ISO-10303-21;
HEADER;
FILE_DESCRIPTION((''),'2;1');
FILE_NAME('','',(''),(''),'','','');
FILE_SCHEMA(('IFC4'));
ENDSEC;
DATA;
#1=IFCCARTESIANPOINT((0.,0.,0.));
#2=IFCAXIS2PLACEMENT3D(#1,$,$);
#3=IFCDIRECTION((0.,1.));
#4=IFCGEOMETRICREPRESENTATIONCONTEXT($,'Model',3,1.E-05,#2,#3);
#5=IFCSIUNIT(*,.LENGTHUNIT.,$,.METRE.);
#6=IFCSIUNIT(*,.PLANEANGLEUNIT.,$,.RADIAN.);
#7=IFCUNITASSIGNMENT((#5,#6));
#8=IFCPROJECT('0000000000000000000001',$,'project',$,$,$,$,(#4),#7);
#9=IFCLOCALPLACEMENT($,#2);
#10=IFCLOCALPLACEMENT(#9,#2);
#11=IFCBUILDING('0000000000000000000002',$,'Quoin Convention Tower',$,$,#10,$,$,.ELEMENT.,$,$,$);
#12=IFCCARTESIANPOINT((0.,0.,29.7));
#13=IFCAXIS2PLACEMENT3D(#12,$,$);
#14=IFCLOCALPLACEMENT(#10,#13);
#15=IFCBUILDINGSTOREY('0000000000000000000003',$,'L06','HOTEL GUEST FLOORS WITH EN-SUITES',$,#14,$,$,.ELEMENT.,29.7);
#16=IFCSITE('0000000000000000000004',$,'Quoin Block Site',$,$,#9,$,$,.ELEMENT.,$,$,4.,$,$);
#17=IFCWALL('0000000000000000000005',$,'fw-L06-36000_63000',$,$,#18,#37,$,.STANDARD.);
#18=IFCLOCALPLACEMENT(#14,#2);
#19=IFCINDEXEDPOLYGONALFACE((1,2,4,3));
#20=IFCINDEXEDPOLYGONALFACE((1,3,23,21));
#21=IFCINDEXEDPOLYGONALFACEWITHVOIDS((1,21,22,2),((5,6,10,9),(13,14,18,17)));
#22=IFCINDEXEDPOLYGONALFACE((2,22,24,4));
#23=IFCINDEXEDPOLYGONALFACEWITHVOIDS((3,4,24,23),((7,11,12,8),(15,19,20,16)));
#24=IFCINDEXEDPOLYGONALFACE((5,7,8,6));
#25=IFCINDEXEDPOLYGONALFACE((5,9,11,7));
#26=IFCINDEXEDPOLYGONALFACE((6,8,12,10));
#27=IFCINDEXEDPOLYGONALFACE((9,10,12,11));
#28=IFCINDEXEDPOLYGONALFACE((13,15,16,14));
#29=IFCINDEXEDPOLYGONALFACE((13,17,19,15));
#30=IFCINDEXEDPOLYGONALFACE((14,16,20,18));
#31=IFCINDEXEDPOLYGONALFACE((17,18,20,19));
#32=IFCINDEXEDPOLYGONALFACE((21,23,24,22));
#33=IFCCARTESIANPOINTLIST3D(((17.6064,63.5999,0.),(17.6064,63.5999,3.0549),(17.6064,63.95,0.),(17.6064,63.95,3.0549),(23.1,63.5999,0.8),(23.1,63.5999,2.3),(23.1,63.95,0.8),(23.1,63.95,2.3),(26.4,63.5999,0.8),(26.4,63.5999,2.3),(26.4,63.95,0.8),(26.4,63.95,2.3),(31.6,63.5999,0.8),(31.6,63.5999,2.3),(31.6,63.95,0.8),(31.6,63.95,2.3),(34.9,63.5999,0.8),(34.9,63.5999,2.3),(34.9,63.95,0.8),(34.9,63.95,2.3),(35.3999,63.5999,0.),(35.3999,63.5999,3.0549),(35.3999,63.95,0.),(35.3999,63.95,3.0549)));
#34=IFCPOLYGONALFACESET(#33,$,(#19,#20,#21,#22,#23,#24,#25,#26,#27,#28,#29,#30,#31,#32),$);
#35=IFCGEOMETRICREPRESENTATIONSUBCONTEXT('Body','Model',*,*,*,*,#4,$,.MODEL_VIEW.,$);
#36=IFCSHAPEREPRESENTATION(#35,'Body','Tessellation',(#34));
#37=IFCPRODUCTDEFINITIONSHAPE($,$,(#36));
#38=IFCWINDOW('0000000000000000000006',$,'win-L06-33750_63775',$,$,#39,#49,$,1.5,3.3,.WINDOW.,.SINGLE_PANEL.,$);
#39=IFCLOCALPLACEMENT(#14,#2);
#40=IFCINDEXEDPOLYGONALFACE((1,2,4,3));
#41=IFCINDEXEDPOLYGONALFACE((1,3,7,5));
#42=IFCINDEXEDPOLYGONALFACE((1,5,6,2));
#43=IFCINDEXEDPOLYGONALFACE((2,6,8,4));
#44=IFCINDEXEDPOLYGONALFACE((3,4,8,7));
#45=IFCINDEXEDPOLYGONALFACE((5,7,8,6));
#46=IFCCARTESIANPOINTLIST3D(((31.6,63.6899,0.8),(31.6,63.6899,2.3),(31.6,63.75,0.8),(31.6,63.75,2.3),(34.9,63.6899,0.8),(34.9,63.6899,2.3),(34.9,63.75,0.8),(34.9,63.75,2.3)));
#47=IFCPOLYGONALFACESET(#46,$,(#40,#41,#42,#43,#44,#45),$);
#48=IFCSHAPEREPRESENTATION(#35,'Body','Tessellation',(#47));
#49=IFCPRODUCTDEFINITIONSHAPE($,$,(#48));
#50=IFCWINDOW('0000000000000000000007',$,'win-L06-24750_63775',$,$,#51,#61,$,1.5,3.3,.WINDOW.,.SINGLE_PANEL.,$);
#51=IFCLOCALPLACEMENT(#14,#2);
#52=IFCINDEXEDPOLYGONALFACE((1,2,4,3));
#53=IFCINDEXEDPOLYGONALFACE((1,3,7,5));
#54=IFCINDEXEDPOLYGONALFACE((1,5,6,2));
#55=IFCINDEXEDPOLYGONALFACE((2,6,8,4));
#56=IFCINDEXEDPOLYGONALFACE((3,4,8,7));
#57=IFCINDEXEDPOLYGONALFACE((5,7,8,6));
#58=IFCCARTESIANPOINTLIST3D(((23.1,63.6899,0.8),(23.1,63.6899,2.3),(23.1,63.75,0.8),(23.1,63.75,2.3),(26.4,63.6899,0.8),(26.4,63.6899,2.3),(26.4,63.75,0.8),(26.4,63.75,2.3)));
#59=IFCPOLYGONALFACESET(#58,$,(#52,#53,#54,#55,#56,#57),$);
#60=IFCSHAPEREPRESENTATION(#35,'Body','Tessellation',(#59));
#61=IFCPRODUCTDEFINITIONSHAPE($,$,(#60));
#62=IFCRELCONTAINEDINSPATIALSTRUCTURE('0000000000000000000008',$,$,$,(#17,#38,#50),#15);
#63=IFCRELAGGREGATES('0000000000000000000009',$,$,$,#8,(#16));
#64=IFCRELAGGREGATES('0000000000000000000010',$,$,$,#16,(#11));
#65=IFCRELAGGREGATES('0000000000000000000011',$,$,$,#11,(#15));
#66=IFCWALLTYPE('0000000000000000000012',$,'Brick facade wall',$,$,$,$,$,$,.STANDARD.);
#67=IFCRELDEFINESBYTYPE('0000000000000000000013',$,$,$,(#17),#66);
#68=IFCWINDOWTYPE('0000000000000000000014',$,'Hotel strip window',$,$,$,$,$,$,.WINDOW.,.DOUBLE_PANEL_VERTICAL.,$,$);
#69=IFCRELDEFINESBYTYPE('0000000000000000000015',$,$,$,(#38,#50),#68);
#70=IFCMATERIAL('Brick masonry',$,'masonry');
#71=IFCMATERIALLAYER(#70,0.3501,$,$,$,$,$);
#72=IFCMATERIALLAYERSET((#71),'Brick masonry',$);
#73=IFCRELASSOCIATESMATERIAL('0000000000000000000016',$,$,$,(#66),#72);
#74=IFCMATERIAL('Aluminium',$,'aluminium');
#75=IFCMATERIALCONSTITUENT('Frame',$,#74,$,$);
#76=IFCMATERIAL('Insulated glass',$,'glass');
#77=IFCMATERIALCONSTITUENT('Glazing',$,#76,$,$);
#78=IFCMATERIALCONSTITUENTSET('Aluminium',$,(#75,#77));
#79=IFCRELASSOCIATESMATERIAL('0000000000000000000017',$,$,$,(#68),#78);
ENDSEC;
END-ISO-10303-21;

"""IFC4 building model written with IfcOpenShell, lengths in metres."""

from ifc_helpers import new_model, si_unit, direction, frame, frame_2d, origin, place, context, subcontext, project, spatial, rectangle, extrude, material, layer, layer_set, constituent, constituent_set, type_object, element, fill, save


model = new_model("IFC4")

# Units and contexts
model_context = context("Model", 3, precision=1e-05, world=origin(), true_north=direction((0.0, 1.0)))
body_context = subcontext(model_context, "Body", "Model", "MODEL_VIEW")
ifc_project = project(units=[si_unit("LENGTHUNIT", "METRE"), si_unit("PLANEANGLEUNIT", "RADIAN")], contexts=[model_context])

# Site, building, storey
site_placement = place(None, origin())
site = spatial("IfcSite", under=ifc_project, at=site_placement, Name="Quoin Block Site", CompositionType="ELEMENT", RefElevation=4.0)
building_placement = place(site_placement, origin())
building = spatial("IfcBuilding", under=site, at=building_placement, Name="Quoin Convention Tower", CompositionType="ELEMENT")
storey_placement = place(building_placement, frame((0.0, 0.0, 29.7)))
storey = spatial("IfcBuildingStorey", under=building, at=storey_placement, Name="L06", Description="HOTEL GUEST FLOORS WITH EN-SUITES", CompositionType="ELEMENT", Elevation=29.7)

# Shared definitions
ifc_material_1 = material(Name="Brick masonry", Category="masonry")
ifc_layer = layer(ifc_material_1, 0.3501)
ifc_layer_set = layer_set([ifc_layer], Name="Brick masonry")
wall_type = type_object("IfcWallType", Name="Brick facade wall", PredefinedType="STANDARD", material=ifc_layer_set)
ifc_material_2 = material(Name="Aluminium", Category="aluminium")
ifc_constituent_1 = constituent(ifc_material_2, Name="Frame")
ifc_material_3 = material(Name="Insulated glass", Category="glass")
ifc_constituent_2 = constituent(ifc_material_3, Name="Glazing")
ifc_constituent_set = constituent_set(constituents=[ifc_constituent_1, ifc_constituent_2], Name="Aluminium")
window_type = type_object("IfcWindowType", Name="Hotel strip window", PartitioningType="DOUBLE_PANEL_VERTICAL", PredefinedType="WINDOW", material=ifc_constituent_set)

# Wall, openings, windows
wall_1_placement = place(storey_placement, frame((35.3999, 63.7749, 0.0), z_axis=(0.0, 0.0, 1.0), x_axis=(-1.0, 0.0, 0.0)))
wall_1 = element("IfcWall", 1, at=wall_1_placement, inside=storey, type_object=wall_type, Name="fw-L06-36000_63000", PredefinedType="STANDARD", context=body_context, shape_type="SweptSolid", body=[
    extrude(rectangle(XDim=17.7935, YDim=0.3501, at=frame_2d((8.8967, 0.0))), origin(), (0.0, 0.0, 1.0), 3.0549),
])
opening_1_placement = place(wall_1_placement, frame((0.5, 0.0, 0.8)))
opening_1 = element("IfcOpeningElement", 2, at=opening_1_placement, cuts=wall_1, PredefinedType="OPENING", context=body_context, shape_type="SweptSolid", body=[
    extrude(rectangle(XDim=3.3, YDim=1.5, at=frame_2d((1.6499, 0.75))), frame((0.0, 0.1851, 0.0), z_axis=(0.0, -1.0, 0.0), x_axis=(1.0, 0.0, 0.0)), (0.0, 0.0, 1.0), 0.3701),
])
opening_2_placement = place(wall_1_placement, frame((9.0, 0.0, 0.8)))
opening_2 = element("IfcOpeningElement", 3, at=opening_2_placement, cuts=wall_1, PredefinedType="OPENING", context=body_context, shape_type="SweptSolid", body=[
    extrude(rectangle(XDim=3.3, YDim=1.5, at=frame_2d((1.6499, 0.75))), frame((0.0, 0.1851, 0.0), z_axis=(0.0, -1.0, 0.0), x_axis=(1.0, 0.0, 0.0)), (0.0, 0.0, 1.0), 0.3701),
])
window_1_placement = place(opening_1_placement, origin())
window_1 = element("IfcWindow", 4, at=window_1_placement, inside=storey, type_object=window_type, Name="win-L06-33750_63775", OverallHeight=1.5, OverallWidth=3.3, PartitioningType="SINGLE_PANEL", PredefinedType="WINDOW", context=body_context, shape_type="SweptSolid", body=[
    extrude(rectangle(XDim=3.3, YDim=1.5, at=frame_2d((1.6499, 0.75))), frame((0.0, 0.085, 0.0), z_axis=(0.0, -1.0, 0.0), x_axis=(1.0, 0.0, 0.0)), (0.0, 0.0, 1.0), 0.0601),
])
fill(opening_1, window_1)
window_2_placement = place(opening_2_placement, origin())
window_2 = element("IfcWindow", 5, at=window_2_placement, inside=storey, type_object=window_type, Name="win-L06-24750_63775", OverallHeight=1.5, OverallWidth=3.3, PartitioningType="SINGLE_PANEL", PredefinedType="WINDOW", context=body_context, shape_type="SweptSolid", body=[
    extrude(rectangle(XDim=3.3, YDim=1.5, at=frame_2d((1.6499, 0.75))), frame((0.0, 0.085, 0.0), z_axis=(0.0, -1.0, 0.0), x_axis=(1.0, 0.0, 0.0)), (0.0, 0.0, 1.0), 0.0601),
])
fill(opening_2, window_2)

save(model, "model.ifc")
